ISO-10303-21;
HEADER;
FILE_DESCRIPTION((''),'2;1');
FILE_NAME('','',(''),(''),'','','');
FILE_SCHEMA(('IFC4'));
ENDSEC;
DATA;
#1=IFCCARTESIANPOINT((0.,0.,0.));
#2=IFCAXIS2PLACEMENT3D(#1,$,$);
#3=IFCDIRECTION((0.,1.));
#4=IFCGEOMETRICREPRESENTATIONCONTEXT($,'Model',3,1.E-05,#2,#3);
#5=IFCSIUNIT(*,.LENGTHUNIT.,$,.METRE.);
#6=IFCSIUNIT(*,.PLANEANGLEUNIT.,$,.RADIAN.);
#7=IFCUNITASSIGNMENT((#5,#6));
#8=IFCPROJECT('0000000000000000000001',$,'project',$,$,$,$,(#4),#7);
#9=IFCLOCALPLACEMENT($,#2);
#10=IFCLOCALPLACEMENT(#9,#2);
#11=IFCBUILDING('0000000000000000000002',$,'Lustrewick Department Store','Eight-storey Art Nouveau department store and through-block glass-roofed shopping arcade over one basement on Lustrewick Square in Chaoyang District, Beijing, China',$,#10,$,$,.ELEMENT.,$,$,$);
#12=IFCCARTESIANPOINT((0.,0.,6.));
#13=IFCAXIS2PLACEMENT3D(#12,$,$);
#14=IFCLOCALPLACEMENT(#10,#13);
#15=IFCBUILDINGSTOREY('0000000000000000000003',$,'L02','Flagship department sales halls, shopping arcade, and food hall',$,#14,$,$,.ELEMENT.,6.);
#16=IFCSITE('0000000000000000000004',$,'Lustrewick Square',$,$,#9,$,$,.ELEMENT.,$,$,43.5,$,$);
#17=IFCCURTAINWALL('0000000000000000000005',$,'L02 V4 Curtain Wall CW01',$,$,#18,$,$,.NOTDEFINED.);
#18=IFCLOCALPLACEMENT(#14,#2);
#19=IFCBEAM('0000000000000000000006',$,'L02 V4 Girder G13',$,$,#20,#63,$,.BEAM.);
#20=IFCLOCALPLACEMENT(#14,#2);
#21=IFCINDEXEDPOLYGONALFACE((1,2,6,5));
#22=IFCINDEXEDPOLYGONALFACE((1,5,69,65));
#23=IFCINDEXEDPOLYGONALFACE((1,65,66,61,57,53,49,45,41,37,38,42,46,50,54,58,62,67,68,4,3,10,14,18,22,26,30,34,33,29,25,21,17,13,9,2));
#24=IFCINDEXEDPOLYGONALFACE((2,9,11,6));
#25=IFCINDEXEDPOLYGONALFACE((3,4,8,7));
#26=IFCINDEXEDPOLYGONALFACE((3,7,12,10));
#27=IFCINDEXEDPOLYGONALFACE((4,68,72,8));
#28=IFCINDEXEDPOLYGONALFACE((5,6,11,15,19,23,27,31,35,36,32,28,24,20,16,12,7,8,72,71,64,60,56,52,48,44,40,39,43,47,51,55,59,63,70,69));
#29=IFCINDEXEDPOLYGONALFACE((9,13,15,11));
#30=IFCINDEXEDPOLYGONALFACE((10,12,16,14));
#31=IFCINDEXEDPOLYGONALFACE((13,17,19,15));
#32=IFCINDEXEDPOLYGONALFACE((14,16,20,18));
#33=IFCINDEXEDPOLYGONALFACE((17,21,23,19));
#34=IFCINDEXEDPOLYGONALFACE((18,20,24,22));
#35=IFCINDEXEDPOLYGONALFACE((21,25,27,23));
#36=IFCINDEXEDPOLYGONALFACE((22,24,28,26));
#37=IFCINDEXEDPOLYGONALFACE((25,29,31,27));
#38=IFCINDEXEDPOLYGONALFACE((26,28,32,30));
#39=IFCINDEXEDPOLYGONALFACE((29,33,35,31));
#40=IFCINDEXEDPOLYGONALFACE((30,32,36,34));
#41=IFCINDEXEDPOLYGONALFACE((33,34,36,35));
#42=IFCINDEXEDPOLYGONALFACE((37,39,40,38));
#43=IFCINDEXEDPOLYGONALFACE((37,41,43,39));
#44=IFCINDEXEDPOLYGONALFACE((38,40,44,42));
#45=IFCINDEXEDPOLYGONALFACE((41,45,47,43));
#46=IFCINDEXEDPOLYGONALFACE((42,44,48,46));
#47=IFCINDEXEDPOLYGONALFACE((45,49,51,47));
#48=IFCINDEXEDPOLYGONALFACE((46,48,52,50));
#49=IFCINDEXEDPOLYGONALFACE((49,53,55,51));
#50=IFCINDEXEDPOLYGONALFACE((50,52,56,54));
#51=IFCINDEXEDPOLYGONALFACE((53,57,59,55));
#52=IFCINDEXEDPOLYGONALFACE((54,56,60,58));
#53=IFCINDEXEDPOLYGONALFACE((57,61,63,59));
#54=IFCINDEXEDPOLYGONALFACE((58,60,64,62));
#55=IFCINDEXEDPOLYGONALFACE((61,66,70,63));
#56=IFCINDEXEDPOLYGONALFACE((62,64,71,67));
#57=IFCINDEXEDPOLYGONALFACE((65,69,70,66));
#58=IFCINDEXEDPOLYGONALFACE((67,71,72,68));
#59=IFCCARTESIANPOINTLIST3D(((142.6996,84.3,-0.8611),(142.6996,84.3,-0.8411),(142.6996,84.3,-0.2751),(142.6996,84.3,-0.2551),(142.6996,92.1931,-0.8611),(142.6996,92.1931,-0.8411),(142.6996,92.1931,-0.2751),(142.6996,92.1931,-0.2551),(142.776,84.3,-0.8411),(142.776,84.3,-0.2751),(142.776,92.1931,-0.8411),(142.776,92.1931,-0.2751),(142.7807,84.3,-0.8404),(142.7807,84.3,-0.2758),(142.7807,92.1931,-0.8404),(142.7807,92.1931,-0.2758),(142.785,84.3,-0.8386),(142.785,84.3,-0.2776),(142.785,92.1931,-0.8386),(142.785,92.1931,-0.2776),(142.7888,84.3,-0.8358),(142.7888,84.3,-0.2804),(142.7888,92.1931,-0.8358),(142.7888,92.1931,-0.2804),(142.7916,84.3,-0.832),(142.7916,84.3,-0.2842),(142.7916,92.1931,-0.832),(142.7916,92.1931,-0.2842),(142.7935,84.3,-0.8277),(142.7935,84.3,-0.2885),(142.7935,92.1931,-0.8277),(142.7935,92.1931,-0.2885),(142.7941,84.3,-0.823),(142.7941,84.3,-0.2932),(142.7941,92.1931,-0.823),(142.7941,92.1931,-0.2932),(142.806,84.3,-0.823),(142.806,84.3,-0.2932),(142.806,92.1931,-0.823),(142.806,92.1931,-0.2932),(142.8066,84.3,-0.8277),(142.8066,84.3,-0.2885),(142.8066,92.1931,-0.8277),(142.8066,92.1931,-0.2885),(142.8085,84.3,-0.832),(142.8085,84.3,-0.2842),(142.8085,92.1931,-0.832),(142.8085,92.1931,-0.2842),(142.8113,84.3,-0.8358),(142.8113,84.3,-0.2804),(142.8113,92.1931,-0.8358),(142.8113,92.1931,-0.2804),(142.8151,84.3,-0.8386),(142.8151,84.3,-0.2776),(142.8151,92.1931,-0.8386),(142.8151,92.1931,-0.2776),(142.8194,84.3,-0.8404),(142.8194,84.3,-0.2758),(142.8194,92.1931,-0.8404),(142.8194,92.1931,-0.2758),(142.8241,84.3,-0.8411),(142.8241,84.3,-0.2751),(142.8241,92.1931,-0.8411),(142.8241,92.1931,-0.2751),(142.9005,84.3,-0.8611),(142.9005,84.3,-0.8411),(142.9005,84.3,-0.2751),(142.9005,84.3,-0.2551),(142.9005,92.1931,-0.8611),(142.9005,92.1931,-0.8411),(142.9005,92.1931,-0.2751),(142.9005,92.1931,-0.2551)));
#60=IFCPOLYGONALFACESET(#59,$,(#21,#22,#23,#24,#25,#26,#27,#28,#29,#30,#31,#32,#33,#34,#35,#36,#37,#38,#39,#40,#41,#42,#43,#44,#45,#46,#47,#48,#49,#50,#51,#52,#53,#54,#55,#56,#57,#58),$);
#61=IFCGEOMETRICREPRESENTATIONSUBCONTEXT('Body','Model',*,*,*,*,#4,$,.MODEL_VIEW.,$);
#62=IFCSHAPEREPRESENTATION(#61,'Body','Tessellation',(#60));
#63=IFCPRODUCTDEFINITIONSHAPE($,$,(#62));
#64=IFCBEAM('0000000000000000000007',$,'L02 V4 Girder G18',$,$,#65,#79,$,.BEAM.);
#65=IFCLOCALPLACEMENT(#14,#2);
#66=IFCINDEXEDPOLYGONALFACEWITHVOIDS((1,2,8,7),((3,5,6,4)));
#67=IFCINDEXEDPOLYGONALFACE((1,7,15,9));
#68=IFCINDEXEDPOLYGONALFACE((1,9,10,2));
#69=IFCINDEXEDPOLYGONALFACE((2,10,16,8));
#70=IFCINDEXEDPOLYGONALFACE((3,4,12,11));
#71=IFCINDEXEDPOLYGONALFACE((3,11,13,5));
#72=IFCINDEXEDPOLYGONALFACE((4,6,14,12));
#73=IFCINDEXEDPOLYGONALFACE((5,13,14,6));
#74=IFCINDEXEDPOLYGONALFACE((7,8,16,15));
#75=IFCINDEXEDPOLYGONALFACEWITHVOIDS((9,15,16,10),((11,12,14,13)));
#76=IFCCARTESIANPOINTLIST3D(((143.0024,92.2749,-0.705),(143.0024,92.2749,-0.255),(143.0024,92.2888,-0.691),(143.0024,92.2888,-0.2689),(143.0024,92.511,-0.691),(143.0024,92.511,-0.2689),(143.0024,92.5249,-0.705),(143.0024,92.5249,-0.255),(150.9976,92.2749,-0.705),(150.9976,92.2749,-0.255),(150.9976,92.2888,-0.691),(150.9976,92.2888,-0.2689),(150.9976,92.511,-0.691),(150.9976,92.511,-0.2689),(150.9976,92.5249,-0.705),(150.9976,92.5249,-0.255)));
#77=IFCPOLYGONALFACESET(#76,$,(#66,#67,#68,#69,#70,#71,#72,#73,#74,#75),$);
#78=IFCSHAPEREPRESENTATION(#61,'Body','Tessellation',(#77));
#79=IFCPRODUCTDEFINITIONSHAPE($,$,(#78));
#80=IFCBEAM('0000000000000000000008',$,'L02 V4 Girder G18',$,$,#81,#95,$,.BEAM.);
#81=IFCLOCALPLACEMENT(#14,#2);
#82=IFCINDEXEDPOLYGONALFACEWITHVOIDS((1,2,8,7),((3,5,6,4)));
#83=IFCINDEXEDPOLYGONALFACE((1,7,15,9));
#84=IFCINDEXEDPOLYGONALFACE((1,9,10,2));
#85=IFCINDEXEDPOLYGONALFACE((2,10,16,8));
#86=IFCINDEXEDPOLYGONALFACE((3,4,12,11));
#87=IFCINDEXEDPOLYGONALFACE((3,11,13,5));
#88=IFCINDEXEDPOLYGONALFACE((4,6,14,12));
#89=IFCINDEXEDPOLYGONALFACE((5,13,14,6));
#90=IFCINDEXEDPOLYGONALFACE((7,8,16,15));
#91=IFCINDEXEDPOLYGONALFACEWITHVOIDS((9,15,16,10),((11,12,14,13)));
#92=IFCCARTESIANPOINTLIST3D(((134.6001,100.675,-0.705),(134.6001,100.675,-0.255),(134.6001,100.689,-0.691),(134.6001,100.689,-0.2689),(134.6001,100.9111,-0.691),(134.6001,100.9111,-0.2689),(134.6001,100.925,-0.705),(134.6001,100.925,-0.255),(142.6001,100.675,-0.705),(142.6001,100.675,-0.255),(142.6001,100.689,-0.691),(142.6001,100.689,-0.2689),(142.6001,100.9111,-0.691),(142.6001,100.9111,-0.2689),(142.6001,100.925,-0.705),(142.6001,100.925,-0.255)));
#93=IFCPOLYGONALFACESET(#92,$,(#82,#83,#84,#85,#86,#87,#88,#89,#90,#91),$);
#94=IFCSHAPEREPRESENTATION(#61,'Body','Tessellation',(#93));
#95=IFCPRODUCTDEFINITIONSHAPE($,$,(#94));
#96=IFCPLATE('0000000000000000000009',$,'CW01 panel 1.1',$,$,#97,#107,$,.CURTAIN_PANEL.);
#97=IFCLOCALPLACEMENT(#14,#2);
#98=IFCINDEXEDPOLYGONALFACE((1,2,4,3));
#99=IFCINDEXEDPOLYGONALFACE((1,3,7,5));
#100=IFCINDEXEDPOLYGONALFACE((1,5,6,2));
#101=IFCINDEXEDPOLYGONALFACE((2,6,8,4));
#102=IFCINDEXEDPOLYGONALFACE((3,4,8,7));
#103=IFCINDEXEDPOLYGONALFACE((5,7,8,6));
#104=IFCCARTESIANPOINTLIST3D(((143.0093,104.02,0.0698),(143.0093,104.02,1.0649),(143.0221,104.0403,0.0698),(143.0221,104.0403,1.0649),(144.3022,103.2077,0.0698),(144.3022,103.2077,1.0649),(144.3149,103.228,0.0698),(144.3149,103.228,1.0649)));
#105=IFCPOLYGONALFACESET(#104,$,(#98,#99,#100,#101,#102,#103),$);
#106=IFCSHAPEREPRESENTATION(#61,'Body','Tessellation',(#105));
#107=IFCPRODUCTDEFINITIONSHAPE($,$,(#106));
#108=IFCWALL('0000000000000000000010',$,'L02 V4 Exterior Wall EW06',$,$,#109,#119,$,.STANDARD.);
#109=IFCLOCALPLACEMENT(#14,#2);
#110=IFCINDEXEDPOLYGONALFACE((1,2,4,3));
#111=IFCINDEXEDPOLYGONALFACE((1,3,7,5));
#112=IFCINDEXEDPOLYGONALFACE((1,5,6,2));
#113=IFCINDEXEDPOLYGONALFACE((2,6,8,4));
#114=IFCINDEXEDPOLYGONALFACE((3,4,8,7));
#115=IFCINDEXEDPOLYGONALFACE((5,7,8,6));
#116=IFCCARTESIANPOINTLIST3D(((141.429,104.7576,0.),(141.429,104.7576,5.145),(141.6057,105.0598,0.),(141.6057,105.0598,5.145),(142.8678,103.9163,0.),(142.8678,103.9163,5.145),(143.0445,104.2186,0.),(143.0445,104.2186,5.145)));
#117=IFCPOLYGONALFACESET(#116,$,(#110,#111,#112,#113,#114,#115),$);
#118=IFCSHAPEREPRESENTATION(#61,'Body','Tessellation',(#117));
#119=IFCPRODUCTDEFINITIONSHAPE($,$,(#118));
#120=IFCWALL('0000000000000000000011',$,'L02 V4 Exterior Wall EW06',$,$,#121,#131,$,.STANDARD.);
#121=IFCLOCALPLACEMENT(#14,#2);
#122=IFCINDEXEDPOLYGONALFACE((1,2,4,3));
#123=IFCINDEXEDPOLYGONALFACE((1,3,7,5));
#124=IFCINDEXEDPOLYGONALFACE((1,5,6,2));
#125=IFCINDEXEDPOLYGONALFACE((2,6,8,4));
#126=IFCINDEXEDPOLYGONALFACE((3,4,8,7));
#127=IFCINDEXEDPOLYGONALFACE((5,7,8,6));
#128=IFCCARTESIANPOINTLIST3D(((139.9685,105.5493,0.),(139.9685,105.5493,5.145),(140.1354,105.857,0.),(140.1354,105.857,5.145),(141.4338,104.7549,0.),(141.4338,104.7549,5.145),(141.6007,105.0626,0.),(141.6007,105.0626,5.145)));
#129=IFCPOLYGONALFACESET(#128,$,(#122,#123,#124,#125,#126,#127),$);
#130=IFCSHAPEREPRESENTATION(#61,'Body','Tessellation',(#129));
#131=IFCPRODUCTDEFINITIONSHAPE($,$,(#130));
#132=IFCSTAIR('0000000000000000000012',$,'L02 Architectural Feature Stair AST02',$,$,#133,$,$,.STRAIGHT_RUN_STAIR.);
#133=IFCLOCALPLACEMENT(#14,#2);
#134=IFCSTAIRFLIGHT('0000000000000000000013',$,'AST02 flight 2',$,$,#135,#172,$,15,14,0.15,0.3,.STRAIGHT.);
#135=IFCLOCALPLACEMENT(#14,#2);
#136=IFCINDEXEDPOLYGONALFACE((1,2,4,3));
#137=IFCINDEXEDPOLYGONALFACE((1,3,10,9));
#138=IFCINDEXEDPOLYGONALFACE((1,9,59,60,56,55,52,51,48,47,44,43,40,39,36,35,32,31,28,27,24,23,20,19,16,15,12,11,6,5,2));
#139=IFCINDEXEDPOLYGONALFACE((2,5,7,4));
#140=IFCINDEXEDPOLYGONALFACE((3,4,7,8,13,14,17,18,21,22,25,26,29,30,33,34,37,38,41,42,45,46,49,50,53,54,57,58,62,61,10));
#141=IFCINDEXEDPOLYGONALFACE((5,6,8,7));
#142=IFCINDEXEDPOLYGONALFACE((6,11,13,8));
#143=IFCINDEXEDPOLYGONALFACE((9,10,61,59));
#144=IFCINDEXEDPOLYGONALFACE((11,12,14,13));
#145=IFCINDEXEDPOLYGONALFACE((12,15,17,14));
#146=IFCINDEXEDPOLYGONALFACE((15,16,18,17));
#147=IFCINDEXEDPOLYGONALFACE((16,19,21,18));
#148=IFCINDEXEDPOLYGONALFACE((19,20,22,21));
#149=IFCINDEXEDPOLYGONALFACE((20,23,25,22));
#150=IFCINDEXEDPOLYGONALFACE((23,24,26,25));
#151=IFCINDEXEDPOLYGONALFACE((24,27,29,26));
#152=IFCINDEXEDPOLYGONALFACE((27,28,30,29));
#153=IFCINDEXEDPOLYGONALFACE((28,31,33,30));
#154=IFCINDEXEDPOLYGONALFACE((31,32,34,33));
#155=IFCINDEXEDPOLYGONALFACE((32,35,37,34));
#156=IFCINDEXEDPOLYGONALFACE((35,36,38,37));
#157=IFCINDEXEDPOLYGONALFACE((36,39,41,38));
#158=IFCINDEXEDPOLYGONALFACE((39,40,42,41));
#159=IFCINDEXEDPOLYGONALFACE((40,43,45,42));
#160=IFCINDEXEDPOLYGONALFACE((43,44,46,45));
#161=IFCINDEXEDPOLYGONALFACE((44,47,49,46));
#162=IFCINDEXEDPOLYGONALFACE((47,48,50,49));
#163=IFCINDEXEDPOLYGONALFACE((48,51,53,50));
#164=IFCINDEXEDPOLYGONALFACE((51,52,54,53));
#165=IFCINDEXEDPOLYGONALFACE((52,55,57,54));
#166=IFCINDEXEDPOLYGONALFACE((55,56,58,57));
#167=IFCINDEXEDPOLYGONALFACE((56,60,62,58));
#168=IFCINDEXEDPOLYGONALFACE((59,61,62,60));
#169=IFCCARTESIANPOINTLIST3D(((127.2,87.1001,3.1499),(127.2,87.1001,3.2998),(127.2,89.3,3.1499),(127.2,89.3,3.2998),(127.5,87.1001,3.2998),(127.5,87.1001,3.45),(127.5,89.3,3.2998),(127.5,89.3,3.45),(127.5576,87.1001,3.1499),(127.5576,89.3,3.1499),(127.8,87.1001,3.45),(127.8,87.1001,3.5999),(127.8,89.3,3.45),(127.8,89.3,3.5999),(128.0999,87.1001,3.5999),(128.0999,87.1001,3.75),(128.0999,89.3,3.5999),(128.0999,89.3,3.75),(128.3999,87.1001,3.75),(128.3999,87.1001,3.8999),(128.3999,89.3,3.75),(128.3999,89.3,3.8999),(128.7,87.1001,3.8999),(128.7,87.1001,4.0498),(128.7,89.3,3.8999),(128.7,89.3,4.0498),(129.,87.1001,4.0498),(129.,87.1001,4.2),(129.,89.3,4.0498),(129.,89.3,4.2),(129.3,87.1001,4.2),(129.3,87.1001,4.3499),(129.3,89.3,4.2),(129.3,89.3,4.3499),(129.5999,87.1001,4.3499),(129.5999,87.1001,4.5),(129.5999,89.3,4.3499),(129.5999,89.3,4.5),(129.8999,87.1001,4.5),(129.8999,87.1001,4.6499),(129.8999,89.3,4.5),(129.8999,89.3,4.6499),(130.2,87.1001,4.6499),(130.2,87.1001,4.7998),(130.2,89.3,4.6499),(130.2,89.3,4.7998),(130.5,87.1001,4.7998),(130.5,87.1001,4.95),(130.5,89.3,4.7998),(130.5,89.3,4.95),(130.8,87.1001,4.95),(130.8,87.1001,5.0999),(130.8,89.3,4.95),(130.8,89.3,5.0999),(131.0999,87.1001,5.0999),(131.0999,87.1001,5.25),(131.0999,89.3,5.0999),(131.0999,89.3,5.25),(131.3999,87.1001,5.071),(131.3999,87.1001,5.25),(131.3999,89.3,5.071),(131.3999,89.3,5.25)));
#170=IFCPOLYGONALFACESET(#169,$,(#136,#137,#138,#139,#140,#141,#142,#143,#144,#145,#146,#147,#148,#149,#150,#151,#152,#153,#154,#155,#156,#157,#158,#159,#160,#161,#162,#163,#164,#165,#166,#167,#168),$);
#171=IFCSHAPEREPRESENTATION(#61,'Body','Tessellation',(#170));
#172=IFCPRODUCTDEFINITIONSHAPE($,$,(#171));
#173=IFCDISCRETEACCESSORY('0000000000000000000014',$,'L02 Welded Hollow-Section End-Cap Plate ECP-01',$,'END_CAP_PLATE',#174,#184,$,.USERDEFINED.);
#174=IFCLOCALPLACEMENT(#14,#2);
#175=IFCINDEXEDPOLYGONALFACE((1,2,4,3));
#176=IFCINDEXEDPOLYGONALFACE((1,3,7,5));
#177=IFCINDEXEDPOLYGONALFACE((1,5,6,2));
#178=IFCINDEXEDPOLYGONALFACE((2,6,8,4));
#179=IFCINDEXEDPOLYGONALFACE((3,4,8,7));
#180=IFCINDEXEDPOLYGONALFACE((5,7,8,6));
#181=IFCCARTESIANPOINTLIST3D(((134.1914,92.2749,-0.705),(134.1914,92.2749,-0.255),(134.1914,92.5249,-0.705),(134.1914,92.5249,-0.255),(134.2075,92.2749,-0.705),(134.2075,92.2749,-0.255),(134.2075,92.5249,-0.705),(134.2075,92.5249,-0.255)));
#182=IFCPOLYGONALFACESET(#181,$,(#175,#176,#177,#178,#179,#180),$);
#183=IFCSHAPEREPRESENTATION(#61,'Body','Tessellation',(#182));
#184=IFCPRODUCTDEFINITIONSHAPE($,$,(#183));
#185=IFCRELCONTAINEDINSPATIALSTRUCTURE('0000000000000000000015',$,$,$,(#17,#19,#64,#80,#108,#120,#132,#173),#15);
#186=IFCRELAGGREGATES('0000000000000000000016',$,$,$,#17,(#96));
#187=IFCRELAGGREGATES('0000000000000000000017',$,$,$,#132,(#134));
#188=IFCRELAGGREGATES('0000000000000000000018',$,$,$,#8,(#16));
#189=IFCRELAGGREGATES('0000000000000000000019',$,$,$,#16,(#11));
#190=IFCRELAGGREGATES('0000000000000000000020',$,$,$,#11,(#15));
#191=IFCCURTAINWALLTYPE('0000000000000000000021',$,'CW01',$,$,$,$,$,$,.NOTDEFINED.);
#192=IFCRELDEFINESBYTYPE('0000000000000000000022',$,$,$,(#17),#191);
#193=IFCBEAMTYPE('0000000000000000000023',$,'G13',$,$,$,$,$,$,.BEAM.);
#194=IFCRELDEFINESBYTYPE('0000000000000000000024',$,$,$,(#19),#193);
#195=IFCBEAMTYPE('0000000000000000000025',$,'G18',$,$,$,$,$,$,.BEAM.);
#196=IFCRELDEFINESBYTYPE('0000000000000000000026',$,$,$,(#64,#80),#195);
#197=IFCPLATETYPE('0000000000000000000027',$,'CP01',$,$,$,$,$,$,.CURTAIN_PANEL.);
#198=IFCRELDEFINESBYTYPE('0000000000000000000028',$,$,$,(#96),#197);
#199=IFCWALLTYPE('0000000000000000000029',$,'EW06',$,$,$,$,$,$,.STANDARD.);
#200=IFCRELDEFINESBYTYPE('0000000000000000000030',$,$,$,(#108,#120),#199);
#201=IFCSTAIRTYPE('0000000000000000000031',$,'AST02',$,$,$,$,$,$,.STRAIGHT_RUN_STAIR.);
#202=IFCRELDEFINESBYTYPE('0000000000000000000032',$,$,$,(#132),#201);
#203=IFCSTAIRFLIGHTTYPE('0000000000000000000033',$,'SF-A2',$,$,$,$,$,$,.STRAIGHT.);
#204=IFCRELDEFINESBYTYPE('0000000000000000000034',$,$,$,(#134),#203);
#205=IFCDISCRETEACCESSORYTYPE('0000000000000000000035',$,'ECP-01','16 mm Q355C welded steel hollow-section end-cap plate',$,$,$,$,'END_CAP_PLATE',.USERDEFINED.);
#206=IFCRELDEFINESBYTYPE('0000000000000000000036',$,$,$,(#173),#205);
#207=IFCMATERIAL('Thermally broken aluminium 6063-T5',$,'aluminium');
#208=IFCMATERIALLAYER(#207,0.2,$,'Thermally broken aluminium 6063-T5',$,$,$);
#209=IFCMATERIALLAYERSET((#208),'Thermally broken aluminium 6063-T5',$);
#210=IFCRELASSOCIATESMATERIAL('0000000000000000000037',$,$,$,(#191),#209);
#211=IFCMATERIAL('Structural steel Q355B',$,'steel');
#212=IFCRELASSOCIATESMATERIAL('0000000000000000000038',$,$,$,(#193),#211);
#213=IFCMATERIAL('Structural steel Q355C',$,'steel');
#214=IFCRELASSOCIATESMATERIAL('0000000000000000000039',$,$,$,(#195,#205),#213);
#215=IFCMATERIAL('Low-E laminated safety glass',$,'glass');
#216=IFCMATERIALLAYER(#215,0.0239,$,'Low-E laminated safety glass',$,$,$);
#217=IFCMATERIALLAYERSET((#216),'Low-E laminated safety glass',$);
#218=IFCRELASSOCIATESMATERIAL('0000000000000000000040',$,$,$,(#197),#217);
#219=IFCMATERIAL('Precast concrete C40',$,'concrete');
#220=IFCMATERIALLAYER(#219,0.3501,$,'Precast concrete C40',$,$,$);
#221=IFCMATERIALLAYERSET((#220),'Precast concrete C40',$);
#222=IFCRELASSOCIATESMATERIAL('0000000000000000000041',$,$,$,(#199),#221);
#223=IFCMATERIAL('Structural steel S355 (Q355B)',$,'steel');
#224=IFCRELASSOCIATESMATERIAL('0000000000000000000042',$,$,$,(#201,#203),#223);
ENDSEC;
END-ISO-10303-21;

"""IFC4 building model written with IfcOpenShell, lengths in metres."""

from ifc_helpers import new_model, si_unit, direction, frame, frame_2d, origin, origin_2d, place, context, subcontext, project, spatial, polyline, rectangle, hollow_rectangle, i_section, outline, extrude, material, layer, layer_set, material_profile, profile_set, type_object, element, aggregate, save


model = new_model("IFC4")

# Units and contexts
model_context = context("Model", 3, precision=1e-05, world=origin(), true_north=direction((0.0, 1.0)))
body_context = subcontext(model_context, "Body", "Model", "MODEL_VIEW")
ifc_project = project(units=[si_unit("LENGTHUNIT", "METRE"), si_unit("PLANEANGLEUNIT", "RADIAN")], contexts=[model_context])

# Site, building, storey
site_placement = place(None, origin())
site = spatial("IfcSite", under=ifc_project, at=site_placement, Name="Lustrewick Square", CompositionType="ELEMENT", RefElevation=43.5)
building_placement = place(site_placement, origin())
building = spatial("IfcBuilding", under=site, at=building_placement, Name="Lustrewick Department Store", Description="Eight-storey Art Nouveau department store and through-block glass-roofed shopping arcade over one basement on Lustrewick Square in Chaoyang District, Beijing, China", CompositionType="ELEMENT")
storey_placement = place(building_placement, frame((0.0, 0.0, 6.0)))
storey = spatial("IfcBuildingStorey", under=building, at=storey_placement, Name="L02", Description="Flagship department sales halls, shopping arcade, and food hall", CompositionType="ELEMENT", Elevation=6.0)

# Shared definitions
ifc_material_1 = material(Name="Structural steel Q355B", Category="steel")

# Curtain wall
ifc_material_2 = material(Name="Thermally broken aluminium 6063-T5", Category="aluminium")
ifc_layer_1 = layer(ifc_material_2, 0.2, Name="Thermally broken aluminium 6063-T5")
ifc_layer_set_1 = layer_set([ifc_layer_1], Name="Thermally broken aluminium 6063-T5")
curtain_wall_type_1 = type_object("IfcCurtainWallType", Name="CW01", PredefinedType="NOTDEFINED", material=ifc_layer_set_1)
curtain_wall_1_placement = place(storey_placement, origin())
curtain_wall_1 = element("IfcCurtainWall", 1, at=curtain_wall_1_placement, inside=storey, type_object=curtain_wall_type_1, Name="L02 V4 Curtain Wall CW01", PredefinedType="NOTDEFINED")

# Beams
ifc_material_3 = material(Name="Structural steel Q355C", Category="steel")
ifc_material_profile_1 = material_profile(ifc_material_1, i_section(OverallWidth=0.2009, OverallDepth=0.606, WebThickness=0.012, FlangeThickness=0.02, FilletRadius=0.0181, at=origin_2d()), Name="HN 606x201x12x20")
ifc_profile_set_1 = profile_set([ifc_material_profile_1], Name="Structural steel Q355B")
beam_type_1 = type_object("IfcBeamType", Name="G13", PredefinedType="BEAM", material=ifc_profile_set_1)
beam_1_placement = place(storey_placement, frame((142.8, 84.3, -0.5581), z_axis=(0.0, 1.0, 0.0), x_axis=(-1.0, 0.0, 0.0)))
element("IfcBeam", 2, at=beam_1_placement, inside=storey, type_object=beam_type_1, Name="L02 V4 Girder G13", PredefinedType="BEAM", context=body_context, shape_type="SweptSolid", body=[
    extrude(i_section(OverallWidth=0.2009, OverallDepth=0.606, WebThickness=0.012, FlangeThickness=0.02, FilletRadius=0.0181, at=origin_2d()), origin(), (0.0, 0.0, 1.0), 7.8931),
])
ifc_material_profile_2 = material_profile(ifc_material_3, hollow_rectangle(XDim=0.25, YDim=0.45, WallThickness=0.0139, at=origin_2d()), Name="RHS 450x250x14")
ifc_profile_set_2 = profile_set([ifc_material_profile_2], Name="Structural steel Q355C")
beam_type_2 = type_object("IfcBeamType", Name="G18", PredefinedType="BEAM", material=ifc_profile_set_2)
beam_2_placement = place(storey_placement, frame((143.0024, 92.3999, -0.48), z_axis=(1.0, 0.0, 0.0), x_axis=(0.0, 1.0, 0.0)))
element("IfcBeam", 3, at=beam_2_placement, inside=storey, type_object=beam_type_2, Name="L02 V4 Girder G18", PredefinedType="BEAM", context=body_context, shape_type="SweptSolid", body=[
    extrude(hollow_rectangle(XDim=0.25, YDim=0.45, WallThickness=0.0139, at=origin_2d()), origin(), (0.0, 0.0, 1.0), 7.9951),
])
beam_3_placement = place(storey_placement, frame((134.6001, 100.8, -0.48), z_axis=(1.0, 0.0, 0.0), x_axis=(0.0, 1.0, 0.0)))
element("IfcBeam", 4, at=beam_3_placement, inside=storey, type_object=beam_type_2, Name="L02 V4 Girder G18", PredefinedType="BEAM", context=body_context, shape_type="SweptSolid", body=[
    extrude(hollow_rectangle(XDim=0.25, YDim=0.45, WallThickness=0.0139, at=origin_2d()), origin(), (0.0, 0.0, 1.0), 8.0),
])

# Plate
ifc_material_4 = material(Name="Low-E laminated safety glass", Category="glass")
ifc_layer_2 = layer(ifc_material_4, 0.0239, Name="Low-E laminated safety glass")
ifc_layer_set_2 = layer_set([ifc_layer_2], Name="Low-E laminated safety glass")
plate_type = type_object("IfcPlateType", Name="CP01", PredefinedType="CURTAIN_PANEL", material=ifc_layer_set_2)
plate_placement = place(storey_placement, frame((143.6621, 103.624, 0.0698), z_axis=(0.0, 0.0, 1.0), x_axis=(-0.846735, 0.532014, 0.0)))
plate = element("IfcPlate", 5, at=plate_placement, type_object=plate_type, Name="CW01 panel 1.1", PredefinedType="CURTAIN_PANEL", context=body_context, shape_type="SweptSolid", body=[
    extrude(rectangle(XDim=1.5269, YDim=0.0239, at=origin_2d()), origin(), (0.0, 0.0, 1.0), 0.9951),
])
aggregate(curtain_wall_1, [plate])

# Walls
ifc_material_5 = material(Name="Precast concrete C40", Category="concrete")
ifc_layer_3 = layer(ifc_material_5, 0.3501, Name="Precast concrete C40")
ifc_layer_set_3 = layer_set([ifc_layer_3], Name="Precast concrete C40")
wall_type = type_object("IfcWallType", Name="EW06", PredefinedType="STANDARD", material=ifc_layer_set_3)
for number, where, z_axis, x_axis, name in (
    (6, (142.9563, 104.0674, 0.0), (0.0, 0.0, 1.0), (-0.863279, 0.504727, 0.0), "L02 V4 Exterior Wall EW06"),
    (7, (141.5173, 104.9087, 0.0), (0.0, 0.0, 1.0), (-0.879113, 0.476613, 0.0), "L02 V4 Exterior Wall EW06"),
):
    element("IfcWall", number, at=place(storey_placement, frame(where, z_axis=z_axis, x_axis=x_axis)), inside=storey, type_object=wall_type, Name=name, PredefinedType="STANDARD", context=body_context, shape_type="SweptSolid", body=[
        extrude(rectangle(XDim=1.6667, YDim=0.3501, at=frame_2d((0.8335, 0.0))), origin(), (0.0, 0.0, 1.0), 5.145),
    ])

# Stair, stair flight
ifc_material_6 = material(Name="Structural steel S355 (Q355B)", Category="steel")
stair_type = type_object("IfcStairType", Name="AST02", PredefinedType="STRAIGHT_RUN_STAIR", material=ifc_material_6)
stair_placement = place(storey_placement, origin())
stair = element("IfcStair", 8, at=stair_placement, inside=storey, type_object=stair_type, Name="L02 Architectural Feature Stair AST02", PredefinedType="STRAIGHT_RUN_STAIR")
stair_flight_type = type_object("IfcStairFlightType", Name="SF-A2", PredefinedType="STRAIGHT", material=ifc_material_6)
stair_flight_placement = place(storey_placement, frame((127.2, 88.2, 3.1499), z_axis=(0.0, 0.0, 1.0), x_axis=(1.0, 0.0, 0.0)))
stair_flight = element("IfcStairFlight", 9, at=stair_flight_placement, type_object=stair_flight_type, Name="AST02 flight 2", NumberOfRisers=15, NumberOfTreads=14, PredefinedType="STRAIGHT", RiserHeight=0.15, TreadLength=0.3, context=body_context, shape_type="SweptSolid", body=[
    extrude(outline(polyline([(0.0, 0.0), (0.0, 0.1499), (0.3, 0.1499), (0.3, 0.3), (0.6001, 0.3), (0.6001, 0.45), (0.8999, 0.45), (0.8999, 0.6001), (1.2, 0.6001), (1.2, 0.75), (1.5, 0.75), (1.5, 0.8999), (1.8, 0.8999), (1.8, 1.05), (2.1001, 1.05), (2.1001, 1.2), (2.3999, 1.2), (2.3999, 1.3501), (2.7, 1.3501), (2.7, 1.5), (3.0, 1.5), (3.0, 1.6499), (3.3, 1.6499), (3.3, 1.8), (3.6001, 1.8), (3.6001, 1.95), (3.8999, 1.95), (3.8999, 2.1001), (4.2, 2.1001), (4.2, 2.25), (4.2, 1.9211), (0.3577, 0.0), (0.0, 0.0)])), frame((0.0, 1.1001, 0.0), z_axis=(0.0, -1.0, 0.0), x_axis=(1.0, 0.0, 0.0)), (0.0, 0.0, 1.0), 2.2),
])
aggregate(stair, [stair_flight])

# Discrete accessory
discrete_accessory_type = type_object("IfcDiscreteAccessoryType", Name="ECP-01", Description="16 mm Q355C welded steel hollow-section end-cap plate", ElementType="END_CAP_PLATE", PredefinedType="USERDEFINED", material=ifc_material_3)
for number, where, z_axis, x_axis, name in (
    (10, (134.1914, 92.3999, -0.48), (1.0, 0.0, 0.0), (0.0, 1.0, 0.0), "L02 Welded Hollow-Section End-Cap Plate ECP-01"),
):
    element("IfcDiscreteAccessory", number, at=place(storey_placement, frame(where, z_axis=z_axis, x_axis=x_axis)), inside=storey, type_object=discrete_accessory_type, Name=name, ObjectType="END_CAP_PLATE", PredefinedType="USERDEFINED", context=body_context, shape_type="SweptSolid", body=[
        extrude(rectangle(XDim=0.25, YDim=0.45, at=origin_2d()), origin(), (0.0, 0.0, 1.0), 0.0161),
    ])

save(model, "model.ifc")
